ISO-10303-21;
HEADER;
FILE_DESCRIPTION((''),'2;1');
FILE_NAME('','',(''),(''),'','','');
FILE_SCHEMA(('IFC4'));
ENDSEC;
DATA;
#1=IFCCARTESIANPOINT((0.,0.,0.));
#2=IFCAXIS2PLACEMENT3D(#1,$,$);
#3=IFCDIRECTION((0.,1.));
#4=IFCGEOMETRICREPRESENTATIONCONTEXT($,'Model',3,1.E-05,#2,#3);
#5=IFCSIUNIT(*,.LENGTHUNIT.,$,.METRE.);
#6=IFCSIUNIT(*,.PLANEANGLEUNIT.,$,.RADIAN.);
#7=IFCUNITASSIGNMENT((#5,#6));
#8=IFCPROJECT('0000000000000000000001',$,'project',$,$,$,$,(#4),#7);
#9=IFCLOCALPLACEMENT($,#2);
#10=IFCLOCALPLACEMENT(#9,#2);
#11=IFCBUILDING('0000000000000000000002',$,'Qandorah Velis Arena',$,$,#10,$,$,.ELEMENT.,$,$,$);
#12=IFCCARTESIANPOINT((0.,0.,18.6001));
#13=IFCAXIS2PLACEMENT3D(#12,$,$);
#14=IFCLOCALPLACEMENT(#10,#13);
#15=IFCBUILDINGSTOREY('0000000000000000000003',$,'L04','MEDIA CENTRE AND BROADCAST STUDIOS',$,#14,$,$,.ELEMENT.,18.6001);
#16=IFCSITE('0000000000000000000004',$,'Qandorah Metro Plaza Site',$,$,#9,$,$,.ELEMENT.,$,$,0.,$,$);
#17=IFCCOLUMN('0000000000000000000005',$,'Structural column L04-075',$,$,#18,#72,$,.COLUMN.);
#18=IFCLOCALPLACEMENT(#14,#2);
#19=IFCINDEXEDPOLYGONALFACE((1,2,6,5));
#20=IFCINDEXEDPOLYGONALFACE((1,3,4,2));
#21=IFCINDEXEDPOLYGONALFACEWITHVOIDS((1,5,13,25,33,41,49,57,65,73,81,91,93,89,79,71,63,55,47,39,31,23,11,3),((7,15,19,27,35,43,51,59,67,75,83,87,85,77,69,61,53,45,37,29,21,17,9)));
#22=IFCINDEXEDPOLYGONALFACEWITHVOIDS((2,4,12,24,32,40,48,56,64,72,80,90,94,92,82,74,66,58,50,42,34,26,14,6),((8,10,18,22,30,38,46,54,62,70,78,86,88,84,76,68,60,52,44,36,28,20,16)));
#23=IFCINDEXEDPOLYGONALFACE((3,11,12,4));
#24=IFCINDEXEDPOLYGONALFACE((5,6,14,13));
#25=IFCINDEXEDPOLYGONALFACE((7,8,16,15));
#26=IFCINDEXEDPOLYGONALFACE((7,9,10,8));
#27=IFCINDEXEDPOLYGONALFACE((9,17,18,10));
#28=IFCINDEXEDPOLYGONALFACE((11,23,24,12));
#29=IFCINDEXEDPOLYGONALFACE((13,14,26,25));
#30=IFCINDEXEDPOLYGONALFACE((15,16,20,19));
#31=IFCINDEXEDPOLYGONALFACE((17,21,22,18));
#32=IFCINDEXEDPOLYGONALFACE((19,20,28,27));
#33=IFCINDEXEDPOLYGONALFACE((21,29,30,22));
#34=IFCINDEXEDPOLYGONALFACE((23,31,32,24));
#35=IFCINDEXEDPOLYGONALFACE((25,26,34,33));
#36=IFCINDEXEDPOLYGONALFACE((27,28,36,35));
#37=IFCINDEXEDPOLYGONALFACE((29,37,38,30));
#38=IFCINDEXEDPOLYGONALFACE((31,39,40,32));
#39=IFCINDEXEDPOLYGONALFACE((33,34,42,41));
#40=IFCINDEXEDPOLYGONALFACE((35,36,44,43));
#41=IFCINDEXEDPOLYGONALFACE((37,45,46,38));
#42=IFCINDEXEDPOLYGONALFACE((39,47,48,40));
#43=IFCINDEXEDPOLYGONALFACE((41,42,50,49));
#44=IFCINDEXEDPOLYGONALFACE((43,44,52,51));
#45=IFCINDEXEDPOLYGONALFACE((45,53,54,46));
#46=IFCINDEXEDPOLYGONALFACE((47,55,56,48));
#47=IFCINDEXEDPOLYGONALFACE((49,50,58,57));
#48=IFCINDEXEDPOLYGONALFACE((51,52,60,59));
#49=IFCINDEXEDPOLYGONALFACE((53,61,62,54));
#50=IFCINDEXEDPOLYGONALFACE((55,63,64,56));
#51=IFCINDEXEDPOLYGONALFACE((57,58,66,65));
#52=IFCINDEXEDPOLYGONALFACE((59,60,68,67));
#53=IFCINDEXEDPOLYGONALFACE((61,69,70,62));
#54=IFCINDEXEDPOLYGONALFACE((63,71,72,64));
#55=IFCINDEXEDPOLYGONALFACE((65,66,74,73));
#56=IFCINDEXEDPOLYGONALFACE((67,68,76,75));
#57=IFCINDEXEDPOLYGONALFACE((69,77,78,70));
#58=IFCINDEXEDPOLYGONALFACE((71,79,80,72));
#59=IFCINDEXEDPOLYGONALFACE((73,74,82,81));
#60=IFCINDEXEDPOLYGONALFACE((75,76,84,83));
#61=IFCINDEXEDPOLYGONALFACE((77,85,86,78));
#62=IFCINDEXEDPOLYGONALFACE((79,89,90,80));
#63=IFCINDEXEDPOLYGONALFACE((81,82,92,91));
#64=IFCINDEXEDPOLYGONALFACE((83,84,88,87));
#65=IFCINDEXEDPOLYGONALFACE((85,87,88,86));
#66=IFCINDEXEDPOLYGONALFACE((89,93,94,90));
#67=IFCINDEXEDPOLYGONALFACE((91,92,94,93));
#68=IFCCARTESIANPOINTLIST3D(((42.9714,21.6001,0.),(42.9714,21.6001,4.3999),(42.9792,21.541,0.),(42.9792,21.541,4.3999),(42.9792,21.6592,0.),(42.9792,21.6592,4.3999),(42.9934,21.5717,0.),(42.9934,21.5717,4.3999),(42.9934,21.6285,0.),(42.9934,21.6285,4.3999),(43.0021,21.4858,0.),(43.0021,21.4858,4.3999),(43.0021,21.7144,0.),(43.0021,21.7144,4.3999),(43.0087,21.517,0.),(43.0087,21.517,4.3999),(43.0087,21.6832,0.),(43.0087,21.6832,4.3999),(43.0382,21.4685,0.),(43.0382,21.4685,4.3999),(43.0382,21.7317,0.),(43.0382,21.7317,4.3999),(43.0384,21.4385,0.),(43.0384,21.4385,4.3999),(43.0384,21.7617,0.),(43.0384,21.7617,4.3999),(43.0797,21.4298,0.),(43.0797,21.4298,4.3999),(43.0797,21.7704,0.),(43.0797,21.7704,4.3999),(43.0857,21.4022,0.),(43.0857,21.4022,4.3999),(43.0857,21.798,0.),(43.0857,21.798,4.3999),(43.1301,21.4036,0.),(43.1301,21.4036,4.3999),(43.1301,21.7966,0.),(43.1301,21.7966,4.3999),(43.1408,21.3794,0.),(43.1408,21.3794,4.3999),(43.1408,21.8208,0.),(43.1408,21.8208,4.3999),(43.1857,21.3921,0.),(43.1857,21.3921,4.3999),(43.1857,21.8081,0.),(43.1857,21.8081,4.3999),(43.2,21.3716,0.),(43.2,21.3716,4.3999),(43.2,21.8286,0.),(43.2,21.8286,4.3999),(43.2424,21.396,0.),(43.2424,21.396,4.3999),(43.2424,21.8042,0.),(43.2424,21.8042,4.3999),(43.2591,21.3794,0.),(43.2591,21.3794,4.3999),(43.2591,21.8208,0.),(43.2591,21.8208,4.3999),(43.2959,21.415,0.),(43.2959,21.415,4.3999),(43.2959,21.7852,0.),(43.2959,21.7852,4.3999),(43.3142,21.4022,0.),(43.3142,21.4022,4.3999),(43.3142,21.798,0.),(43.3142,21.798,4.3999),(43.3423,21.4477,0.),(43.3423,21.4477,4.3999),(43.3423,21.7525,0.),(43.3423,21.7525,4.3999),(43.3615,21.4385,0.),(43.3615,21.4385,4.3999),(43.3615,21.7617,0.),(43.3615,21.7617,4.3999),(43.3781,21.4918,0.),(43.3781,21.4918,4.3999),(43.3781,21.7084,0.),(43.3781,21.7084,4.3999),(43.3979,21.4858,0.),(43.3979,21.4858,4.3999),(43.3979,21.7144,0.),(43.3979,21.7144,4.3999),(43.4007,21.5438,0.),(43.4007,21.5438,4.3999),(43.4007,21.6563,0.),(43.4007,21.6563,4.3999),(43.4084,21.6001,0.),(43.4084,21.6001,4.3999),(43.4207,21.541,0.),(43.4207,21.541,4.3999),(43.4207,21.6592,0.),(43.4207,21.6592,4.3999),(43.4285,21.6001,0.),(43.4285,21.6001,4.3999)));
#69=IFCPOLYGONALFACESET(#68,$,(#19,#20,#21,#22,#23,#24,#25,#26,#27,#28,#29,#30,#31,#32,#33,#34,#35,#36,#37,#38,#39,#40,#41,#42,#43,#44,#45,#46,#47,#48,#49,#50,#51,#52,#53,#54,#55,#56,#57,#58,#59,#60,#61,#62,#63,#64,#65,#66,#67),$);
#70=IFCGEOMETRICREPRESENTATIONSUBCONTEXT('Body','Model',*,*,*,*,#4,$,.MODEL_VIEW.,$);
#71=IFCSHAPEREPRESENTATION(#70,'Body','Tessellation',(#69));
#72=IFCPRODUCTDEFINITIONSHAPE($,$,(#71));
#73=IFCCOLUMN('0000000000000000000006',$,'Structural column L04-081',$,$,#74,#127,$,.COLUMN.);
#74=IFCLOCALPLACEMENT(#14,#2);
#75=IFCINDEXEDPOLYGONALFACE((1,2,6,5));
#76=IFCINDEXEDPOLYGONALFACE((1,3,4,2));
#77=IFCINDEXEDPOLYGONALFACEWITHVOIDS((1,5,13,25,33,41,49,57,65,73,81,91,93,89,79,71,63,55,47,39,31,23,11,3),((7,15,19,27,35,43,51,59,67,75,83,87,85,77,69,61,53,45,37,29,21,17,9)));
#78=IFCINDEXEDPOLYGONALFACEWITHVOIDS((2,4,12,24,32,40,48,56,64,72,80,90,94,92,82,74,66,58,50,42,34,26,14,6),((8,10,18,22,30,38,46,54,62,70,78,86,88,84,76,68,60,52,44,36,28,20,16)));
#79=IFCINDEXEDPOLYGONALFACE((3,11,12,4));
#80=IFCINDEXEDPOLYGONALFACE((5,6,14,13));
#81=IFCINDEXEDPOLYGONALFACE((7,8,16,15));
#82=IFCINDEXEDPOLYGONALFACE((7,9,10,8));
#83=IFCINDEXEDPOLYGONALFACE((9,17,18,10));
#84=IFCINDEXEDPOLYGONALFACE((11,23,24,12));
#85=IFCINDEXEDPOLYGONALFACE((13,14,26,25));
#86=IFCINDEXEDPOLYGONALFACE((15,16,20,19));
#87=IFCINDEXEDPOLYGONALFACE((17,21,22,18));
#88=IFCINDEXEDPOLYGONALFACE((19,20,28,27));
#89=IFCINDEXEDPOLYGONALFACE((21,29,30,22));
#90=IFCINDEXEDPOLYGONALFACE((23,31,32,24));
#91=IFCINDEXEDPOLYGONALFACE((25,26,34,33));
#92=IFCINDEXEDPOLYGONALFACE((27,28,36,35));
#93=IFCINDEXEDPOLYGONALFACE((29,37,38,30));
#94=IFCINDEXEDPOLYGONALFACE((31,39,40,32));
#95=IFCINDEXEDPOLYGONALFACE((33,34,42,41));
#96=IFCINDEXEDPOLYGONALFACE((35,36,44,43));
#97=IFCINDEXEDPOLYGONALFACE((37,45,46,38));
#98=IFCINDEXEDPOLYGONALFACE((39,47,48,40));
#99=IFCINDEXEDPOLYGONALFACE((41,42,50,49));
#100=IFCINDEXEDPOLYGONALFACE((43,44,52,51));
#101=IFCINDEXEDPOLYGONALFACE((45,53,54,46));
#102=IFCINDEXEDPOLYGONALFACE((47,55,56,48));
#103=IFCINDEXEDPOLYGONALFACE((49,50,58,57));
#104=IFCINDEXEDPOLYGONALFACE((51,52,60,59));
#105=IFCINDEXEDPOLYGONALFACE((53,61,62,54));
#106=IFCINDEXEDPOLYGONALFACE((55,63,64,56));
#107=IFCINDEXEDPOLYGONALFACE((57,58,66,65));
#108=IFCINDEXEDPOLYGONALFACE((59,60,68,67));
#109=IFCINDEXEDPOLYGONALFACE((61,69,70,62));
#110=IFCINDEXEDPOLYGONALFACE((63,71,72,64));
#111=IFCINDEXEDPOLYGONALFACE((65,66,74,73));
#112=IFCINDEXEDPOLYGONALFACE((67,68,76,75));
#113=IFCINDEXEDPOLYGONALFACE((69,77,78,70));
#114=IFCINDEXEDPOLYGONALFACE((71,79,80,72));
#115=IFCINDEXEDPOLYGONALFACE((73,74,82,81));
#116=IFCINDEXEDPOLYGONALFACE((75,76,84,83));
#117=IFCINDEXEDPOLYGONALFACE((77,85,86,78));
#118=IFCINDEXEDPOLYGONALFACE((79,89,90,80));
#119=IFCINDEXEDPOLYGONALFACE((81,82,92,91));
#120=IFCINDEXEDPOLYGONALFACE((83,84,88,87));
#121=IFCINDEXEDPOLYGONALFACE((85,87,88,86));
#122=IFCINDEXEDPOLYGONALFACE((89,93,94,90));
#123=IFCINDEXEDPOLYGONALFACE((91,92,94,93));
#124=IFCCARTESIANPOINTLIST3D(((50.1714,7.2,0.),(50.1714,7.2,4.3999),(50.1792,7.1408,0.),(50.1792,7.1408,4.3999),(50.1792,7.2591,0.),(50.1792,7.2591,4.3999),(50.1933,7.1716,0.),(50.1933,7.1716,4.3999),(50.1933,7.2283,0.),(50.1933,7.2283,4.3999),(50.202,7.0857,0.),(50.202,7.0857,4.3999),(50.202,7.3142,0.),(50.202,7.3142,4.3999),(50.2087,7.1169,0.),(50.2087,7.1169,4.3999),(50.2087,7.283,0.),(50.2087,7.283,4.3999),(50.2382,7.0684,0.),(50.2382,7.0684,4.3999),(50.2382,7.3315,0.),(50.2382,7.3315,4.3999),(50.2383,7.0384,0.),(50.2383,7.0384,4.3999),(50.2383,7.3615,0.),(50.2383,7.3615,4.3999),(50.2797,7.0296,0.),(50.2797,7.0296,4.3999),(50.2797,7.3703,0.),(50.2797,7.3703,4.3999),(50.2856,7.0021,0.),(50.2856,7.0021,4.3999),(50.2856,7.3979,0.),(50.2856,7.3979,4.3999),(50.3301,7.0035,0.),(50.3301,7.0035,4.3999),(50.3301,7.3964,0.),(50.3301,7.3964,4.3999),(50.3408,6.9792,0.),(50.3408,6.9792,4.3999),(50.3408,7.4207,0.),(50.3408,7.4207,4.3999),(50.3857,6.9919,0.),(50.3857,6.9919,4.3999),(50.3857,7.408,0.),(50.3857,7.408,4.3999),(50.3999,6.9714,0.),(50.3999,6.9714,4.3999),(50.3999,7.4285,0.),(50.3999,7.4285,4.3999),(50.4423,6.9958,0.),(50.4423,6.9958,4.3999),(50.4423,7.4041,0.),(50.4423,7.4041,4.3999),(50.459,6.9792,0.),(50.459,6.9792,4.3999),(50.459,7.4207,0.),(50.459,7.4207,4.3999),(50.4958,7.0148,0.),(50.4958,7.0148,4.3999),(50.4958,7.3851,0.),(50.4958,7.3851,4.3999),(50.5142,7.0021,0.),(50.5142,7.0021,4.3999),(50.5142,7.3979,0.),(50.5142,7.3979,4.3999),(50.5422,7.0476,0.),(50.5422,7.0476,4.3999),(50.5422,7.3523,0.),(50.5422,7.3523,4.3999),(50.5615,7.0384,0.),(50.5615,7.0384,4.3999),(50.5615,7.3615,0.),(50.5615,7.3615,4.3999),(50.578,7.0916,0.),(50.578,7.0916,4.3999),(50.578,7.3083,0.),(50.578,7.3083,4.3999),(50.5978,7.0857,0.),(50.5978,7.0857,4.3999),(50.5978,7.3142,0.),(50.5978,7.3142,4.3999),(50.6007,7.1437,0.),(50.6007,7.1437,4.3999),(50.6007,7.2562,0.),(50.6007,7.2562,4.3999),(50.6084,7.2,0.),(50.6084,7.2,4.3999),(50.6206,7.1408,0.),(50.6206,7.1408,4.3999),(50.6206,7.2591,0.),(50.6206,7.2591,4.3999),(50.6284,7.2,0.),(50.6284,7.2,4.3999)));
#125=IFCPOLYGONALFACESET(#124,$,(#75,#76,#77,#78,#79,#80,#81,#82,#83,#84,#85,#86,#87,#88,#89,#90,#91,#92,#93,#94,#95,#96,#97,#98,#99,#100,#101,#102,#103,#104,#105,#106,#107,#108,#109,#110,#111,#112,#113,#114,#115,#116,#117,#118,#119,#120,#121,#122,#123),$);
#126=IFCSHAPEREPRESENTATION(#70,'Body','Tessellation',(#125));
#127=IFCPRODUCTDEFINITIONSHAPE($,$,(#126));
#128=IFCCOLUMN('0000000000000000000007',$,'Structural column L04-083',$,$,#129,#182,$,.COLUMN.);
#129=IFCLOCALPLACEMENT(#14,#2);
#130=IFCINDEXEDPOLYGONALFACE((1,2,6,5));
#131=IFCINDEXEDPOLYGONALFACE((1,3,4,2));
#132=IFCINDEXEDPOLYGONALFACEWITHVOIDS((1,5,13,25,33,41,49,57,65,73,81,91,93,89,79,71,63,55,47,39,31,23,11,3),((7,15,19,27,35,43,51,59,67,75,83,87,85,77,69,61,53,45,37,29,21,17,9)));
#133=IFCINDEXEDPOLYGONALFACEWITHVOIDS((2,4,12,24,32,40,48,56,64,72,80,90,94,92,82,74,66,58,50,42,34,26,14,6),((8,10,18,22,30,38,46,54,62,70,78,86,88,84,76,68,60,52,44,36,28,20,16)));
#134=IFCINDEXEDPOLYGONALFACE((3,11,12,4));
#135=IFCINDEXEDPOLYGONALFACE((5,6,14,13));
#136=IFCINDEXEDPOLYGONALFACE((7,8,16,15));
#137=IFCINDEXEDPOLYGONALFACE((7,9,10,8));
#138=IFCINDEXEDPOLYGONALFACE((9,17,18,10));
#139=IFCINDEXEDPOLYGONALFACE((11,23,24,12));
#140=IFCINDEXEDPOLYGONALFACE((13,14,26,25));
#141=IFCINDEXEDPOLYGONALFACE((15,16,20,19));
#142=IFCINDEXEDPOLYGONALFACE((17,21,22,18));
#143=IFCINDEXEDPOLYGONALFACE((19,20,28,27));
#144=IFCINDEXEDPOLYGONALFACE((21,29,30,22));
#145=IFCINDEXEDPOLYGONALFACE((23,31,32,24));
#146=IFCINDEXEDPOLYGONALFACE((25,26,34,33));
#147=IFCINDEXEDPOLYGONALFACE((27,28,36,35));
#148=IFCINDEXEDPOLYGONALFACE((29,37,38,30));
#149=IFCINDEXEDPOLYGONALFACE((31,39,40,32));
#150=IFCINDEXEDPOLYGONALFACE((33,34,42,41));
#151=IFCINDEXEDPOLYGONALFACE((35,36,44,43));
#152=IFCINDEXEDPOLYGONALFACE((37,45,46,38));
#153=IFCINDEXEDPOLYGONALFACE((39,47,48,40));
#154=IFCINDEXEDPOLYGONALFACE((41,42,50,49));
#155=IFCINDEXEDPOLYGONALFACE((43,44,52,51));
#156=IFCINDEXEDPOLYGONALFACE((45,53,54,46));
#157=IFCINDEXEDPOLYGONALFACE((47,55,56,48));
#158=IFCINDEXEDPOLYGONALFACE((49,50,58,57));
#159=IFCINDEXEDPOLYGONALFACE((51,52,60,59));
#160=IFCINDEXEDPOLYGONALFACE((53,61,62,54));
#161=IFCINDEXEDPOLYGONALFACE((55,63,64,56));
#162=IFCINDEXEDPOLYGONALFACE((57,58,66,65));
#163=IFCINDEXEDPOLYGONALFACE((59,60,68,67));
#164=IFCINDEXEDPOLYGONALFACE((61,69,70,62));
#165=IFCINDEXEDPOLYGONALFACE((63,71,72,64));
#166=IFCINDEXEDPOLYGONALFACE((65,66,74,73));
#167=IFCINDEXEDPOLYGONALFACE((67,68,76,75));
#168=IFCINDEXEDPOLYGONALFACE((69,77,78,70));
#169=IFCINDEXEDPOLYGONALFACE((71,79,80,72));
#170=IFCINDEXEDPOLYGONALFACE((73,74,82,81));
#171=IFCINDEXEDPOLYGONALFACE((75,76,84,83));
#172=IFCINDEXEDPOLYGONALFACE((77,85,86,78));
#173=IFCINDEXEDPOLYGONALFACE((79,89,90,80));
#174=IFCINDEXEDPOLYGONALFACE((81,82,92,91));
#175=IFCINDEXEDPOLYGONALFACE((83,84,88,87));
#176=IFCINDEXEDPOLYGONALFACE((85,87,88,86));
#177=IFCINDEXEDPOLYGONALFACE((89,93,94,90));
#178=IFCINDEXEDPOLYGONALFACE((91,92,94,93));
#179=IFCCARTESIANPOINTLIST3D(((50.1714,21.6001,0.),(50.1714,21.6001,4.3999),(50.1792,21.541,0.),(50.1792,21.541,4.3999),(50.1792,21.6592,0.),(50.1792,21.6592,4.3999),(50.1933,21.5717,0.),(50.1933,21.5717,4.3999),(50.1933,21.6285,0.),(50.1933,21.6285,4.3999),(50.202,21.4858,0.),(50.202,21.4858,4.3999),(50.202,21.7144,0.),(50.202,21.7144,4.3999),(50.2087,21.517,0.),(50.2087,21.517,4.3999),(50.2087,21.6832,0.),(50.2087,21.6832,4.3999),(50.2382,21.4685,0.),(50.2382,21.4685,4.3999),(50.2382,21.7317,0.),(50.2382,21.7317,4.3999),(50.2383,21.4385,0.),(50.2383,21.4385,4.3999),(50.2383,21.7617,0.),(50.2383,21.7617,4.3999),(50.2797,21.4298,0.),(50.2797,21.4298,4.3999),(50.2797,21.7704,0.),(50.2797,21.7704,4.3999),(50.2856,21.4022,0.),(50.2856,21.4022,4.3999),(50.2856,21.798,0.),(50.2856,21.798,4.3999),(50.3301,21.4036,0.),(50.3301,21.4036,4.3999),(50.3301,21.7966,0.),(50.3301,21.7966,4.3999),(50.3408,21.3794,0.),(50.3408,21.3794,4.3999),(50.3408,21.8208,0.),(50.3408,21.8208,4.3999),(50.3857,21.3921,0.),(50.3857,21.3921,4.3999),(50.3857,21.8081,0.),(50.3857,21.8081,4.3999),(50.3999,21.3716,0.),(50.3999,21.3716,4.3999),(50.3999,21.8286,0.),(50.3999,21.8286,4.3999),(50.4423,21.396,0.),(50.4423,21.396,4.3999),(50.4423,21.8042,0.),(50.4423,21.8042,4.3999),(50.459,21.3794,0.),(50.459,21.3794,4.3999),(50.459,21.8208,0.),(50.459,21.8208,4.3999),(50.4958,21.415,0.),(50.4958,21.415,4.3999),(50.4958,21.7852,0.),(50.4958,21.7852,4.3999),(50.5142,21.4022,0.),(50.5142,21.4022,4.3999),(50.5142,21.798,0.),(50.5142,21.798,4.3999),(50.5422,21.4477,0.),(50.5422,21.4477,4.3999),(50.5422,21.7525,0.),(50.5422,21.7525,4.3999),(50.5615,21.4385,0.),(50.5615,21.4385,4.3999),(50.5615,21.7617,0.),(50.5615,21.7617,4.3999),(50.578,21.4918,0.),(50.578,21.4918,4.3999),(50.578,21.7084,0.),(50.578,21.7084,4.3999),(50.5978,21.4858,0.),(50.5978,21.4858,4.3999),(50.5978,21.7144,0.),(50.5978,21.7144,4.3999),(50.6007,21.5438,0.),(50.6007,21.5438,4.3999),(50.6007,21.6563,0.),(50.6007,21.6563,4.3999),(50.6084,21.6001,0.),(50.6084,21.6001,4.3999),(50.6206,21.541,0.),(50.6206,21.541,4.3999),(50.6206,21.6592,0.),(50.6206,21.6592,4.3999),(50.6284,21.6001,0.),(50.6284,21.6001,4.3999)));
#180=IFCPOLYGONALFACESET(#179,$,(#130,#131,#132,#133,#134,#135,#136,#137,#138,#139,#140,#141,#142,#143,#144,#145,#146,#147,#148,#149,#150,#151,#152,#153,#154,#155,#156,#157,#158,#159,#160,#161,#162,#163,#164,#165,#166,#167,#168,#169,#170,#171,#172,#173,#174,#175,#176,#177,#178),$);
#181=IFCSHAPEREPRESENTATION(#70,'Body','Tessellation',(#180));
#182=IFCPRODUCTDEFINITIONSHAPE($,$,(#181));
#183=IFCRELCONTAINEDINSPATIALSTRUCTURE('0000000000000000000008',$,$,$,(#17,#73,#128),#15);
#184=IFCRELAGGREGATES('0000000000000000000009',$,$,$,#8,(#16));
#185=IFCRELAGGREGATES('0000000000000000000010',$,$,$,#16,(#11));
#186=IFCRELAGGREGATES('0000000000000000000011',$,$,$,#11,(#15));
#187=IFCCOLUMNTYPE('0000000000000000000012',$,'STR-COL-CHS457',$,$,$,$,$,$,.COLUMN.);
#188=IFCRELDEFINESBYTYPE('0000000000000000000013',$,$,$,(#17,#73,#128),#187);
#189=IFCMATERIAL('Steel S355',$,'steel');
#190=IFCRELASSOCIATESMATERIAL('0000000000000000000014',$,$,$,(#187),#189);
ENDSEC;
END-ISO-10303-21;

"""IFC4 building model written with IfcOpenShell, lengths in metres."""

from ifc_helpers import new_model, si_unit, direction, frame, origin, origin_2d, place, context, subcontext, project, spatial, hollow_circle, extrude, material, material_profile, profile_set, type_object, element, save


model = new_model("IFC4")

# Units and contexts
model_context = context("Model", 3, precision=1e-05, world=origin(), true_north=direction((0.0, 1.0)))
body_context = subcontext(model_context, "Body", "Model", "MODEL_VIEW")
ifc_project = project(units=[si_unit("LENGTHUNIT", "METRE"), si_unit("PLANEANGLEUNIT", "RADIAN")], contexts=[model_context])

# Site, building, storey
site_placement = place(None, origin())
site = spatial("IfcSite", under=ifc_project, at=site_placement, Name="Qandorah Metro Plaza Site", CompositionType="ELEMENT", RefElevation=0.0)
building_placement = place(site_placement, origin())
building = spatial("IfcBuilding", under=site, at=building_placement, Name="Qandorah Velis Arena", CompositionType="ELEMENT")
storey_placement = place(building_placement, frame((0.0, 0.0, 18.6001)))
storey = spatial("IfcBuildingStorey", under=building, at=storey_placement, Name="L04", Description="MEDIA CENTRE AND BROADCAST STUDIOS", CompositionType="ELEMENT", Elevation=18.6001)

# Columns
ifc_material_1 = material(Name="Steel S355", Category="steel")
ifc_material_profile_1 = material_profile(ifc_material_1, hollow_circle(Radius=0.2285, WallThickness=0.02, at=origin_2d()), Name="CHS 457x20")
ifc_profile_set_1 = profile_set([ifc_material_profile_1], Name="Steel S355")
column_type_1 = type_object("IfcColumnType", Name="STR-COL-CHS457", PredefinedType="COLUMN", material=ifc_profile_set_1)
for number, where, z_axis, x_axis, name in (
    (1, (43.2, 21.6001, 0.0), (0.0, 0.0, 1.0), (1.0, 0.0, 0.0), "Structural column L04-075"),
    (2, (50.3999, 7.2, 0.0), (0.0, 0.0, 1.0), (1.0, 0.0, 0.0), "Structural column L04-081"),
    (3, (50.3999, 21.6001, 0.0), (0.0, 0.0, 1.0), (1.0, 0.0, 0.0), "Structural column L04-083"),
):
    element("IfcColumn", number, at=place(storey_placement, frame(where, z_axis=z_axis, x_axis=x_axis)), inside=storey, type_object=column_type_1, Name=name, PredefinedType="COLUMN", context=body_context, shape_type="SweptSolid", body=[
        extrude(hollow_circle(Radius=0.2285, WallThickness=0.02, at=origin_2d()), origin(), (0.0, 0.0, 1.0), 4.3999),
    ])

save(model, "model.ifc")
